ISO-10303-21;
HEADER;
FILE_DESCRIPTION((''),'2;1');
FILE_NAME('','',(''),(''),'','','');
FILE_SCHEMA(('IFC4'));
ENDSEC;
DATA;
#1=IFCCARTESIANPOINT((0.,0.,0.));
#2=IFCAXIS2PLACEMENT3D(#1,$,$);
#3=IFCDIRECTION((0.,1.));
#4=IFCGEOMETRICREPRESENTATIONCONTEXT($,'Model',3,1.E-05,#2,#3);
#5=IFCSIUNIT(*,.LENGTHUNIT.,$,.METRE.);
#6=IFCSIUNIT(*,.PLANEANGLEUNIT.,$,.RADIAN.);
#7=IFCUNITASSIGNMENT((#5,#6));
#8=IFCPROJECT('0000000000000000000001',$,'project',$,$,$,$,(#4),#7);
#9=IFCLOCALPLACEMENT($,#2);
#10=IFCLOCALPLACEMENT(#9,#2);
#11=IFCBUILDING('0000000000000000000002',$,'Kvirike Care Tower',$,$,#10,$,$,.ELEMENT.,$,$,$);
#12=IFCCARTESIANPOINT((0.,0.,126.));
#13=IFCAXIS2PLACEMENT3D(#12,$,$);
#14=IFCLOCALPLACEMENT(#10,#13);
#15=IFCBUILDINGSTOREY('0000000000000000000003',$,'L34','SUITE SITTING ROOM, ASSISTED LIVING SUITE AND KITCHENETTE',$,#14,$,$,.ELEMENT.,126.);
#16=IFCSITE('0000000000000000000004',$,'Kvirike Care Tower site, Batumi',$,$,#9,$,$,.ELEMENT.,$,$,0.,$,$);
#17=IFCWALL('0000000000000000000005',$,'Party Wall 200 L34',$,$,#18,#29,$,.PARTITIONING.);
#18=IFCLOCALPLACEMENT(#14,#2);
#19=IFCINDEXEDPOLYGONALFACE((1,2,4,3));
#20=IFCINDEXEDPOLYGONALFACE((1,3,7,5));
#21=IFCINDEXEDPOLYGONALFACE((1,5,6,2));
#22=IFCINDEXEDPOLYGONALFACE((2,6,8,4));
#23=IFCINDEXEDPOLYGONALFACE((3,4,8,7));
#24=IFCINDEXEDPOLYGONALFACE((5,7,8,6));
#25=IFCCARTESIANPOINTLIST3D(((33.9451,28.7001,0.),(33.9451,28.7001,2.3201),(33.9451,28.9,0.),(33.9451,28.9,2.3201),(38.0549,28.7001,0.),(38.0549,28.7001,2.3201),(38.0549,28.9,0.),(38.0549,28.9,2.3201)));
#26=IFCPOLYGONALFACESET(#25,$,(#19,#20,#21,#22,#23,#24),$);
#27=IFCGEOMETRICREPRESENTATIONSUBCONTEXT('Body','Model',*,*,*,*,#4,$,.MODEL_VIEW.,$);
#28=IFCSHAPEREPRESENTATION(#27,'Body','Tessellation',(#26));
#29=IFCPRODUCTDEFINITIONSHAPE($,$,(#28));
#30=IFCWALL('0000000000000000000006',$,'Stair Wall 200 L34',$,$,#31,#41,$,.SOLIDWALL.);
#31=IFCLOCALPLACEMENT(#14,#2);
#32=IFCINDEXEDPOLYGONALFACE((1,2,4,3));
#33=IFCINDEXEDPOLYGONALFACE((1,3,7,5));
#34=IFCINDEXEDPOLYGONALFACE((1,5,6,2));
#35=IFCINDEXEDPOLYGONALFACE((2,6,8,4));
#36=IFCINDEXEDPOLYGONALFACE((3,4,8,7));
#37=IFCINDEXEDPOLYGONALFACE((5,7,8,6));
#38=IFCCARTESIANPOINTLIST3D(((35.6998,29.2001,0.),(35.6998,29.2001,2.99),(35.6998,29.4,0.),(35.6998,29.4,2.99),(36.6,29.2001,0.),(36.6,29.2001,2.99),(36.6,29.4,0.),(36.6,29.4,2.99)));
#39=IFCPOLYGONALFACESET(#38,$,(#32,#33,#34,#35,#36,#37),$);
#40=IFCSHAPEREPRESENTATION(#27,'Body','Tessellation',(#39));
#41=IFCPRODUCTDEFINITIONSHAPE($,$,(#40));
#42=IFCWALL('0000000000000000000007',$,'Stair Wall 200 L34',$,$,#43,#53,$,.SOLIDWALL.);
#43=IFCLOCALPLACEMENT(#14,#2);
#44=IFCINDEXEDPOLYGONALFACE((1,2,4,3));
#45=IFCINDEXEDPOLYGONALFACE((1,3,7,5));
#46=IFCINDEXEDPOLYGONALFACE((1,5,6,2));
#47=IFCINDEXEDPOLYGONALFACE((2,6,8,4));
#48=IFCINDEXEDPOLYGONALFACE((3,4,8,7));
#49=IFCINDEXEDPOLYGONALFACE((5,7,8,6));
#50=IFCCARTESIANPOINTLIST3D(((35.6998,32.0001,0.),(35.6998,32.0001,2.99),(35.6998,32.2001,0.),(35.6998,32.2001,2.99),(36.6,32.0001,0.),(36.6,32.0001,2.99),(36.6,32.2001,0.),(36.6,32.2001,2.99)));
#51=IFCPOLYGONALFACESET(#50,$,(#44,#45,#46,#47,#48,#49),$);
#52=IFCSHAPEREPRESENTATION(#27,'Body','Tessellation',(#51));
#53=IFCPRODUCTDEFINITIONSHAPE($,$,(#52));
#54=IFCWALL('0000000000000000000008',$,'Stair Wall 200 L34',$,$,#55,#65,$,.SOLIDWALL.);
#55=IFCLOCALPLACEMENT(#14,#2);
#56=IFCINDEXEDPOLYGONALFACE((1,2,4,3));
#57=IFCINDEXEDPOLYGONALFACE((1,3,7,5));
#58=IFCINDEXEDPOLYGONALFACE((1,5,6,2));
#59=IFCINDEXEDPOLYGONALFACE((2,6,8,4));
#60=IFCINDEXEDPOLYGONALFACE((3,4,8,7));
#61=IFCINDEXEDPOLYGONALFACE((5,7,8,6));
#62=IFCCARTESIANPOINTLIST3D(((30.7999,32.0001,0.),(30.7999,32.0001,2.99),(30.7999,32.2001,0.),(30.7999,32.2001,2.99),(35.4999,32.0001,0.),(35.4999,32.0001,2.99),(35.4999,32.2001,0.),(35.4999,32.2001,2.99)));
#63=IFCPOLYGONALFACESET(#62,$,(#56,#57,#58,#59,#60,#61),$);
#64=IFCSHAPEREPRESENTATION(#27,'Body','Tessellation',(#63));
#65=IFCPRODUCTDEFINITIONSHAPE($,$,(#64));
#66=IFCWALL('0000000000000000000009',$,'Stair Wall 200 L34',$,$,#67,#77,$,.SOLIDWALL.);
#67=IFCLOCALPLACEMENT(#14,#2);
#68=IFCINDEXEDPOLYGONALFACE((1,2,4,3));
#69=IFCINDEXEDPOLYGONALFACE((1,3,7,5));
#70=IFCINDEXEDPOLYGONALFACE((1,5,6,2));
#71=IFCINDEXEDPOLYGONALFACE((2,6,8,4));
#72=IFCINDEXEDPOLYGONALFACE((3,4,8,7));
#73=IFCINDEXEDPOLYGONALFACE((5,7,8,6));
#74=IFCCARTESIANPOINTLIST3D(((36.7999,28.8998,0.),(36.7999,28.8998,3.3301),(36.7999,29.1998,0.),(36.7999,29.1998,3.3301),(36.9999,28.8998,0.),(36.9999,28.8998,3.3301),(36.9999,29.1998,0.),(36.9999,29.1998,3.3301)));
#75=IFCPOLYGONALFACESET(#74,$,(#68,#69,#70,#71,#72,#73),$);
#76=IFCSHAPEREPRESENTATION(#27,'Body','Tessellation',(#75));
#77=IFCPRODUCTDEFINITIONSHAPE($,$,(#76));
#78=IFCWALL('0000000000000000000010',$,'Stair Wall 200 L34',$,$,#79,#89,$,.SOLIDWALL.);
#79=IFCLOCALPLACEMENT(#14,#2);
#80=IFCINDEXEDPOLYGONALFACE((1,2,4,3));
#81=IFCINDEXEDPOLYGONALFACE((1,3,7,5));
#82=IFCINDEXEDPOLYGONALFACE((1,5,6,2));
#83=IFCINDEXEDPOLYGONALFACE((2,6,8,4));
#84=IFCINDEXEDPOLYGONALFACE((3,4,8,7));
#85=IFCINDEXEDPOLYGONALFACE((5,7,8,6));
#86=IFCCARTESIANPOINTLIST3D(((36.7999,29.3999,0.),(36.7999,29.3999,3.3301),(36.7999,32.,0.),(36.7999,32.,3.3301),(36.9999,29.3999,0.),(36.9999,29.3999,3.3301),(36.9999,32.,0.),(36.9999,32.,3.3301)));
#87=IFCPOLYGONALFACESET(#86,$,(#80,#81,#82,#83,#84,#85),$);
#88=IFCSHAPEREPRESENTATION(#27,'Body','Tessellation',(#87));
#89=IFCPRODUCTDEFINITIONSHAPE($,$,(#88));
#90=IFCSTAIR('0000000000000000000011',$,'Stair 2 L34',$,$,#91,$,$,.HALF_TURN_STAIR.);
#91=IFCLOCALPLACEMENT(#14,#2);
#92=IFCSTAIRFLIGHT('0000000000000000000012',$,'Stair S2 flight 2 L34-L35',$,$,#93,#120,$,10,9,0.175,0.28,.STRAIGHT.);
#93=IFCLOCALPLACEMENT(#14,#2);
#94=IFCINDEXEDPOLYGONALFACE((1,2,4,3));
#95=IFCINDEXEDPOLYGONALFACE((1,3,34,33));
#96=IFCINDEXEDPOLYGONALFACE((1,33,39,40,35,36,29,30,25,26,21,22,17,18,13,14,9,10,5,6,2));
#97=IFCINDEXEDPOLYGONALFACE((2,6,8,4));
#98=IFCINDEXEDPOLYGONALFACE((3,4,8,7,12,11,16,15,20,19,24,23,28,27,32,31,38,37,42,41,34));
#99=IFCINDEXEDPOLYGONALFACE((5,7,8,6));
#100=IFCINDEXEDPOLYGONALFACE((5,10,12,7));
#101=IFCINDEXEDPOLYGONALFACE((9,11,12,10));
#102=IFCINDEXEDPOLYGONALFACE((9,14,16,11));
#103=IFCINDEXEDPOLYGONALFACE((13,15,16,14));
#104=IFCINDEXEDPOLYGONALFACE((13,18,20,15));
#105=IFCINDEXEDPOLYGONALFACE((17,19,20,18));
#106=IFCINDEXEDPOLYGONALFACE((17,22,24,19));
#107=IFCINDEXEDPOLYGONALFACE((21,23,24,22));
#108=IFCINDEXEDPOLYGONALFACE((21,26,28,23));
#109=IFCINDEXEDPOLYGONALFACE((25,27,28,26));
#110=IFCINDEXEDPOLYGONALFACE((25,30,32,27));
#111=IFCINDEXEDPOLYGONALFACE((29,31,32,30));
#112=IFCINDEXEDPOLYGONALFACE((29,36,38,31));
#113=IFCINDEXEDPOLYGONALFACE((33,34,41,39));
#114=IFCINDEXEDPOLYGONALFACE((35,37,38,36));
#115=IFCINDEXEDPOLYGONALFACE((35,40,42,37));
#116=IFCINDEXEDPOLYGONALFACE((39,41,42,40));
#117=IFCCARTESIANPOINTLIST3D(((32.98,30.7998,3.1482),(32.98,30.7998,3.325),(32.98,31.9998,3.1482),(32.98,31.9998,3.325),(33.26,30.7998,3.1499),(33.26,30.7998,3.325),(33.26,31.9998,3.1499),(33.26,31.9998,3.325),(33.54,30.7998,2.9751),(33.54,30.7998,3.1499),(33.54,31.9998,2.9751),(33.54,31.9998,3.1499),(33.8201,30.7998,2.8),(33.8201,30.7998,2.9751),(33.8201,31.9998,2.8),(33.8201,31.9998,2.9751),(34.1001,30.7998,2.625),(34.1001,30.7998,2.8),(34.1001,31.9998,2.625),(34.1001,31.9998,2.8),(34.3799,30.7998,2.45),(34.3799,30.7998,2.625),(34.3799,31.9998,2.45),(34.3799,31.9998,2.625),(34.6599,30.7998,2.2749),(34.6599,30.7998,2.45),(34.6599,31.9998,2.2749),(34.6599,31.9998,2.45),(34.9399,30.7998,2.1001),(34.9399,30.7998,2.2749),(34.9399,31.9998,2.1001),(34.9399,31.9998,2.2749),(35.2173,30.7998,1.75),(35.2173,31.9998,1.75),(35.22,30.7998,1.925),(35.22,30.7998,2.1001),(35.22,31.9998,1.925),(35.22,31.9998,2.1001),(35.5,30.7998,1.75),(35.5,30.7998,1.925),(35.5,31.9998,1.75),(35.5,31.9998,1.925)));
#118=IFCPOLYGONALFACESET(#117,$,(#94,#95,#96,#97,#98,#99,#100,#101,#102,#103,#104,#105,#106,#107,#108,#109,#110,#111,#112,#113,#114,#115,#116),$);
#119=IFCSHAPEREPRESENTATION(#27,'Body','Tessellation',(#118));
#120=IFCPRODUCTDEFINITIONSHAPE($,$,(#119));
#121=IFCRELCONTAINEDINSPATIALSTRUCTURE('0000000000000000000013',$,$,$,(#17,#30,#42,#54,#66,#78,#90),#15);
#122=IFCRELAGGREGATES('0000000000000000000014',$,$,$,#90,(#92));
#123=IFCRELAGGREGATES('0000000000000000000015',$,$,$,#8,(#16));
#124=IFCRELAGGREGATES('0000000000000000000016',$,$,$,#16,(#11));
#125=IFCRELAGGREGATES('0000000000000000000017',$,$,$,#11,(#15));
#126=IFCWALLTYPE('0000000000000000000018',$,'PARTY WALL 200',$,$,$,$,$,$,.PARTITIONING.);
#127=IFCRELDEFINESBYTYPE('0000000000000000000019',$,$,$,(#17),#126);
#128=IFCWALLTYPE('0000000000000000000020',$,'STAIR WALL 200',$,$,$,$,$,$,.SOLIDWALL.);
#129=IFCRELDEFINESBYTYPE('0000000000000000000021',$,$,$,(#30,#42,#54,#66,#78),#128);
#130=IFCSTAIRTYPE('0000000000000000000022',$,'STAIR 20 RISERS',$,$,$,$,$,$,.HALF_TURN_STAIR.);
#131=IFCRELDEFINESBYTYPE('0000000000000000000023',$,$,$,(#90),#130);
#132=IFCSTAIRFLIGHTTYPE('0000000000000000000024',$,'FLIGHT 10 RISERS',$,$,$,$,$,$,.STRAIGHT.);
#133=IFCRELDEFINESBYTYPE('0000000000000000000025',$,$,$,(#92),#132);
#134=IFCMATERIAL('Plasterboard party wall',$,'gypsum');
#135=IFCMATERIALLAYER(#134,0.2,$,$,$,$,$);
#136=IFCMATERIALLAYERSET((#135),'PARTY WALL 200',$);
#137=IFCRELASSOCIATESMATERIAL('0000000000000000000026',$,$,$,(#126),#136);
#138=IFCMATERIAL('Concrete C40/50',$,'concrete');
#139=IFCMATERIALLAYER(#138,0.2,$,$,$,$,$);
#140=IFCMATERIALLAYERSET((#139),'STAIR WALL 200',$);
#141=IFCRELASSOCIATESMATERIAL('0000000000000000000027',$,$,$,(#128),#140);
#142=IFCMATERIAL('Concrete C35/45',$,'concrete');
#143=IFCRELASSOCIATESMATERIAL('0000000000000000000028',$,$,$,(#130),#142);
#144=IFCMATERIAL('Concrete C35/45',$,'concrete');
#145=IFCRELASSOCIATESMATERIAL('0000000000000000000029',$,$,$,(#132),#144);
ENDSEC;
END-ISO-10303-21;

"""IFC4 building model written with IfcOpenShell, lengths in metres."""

from ifc_helpers import new_model, si_unit, direction, frame, frame_2d, origin, place, context, subcontext, project, spatial, polyline, rectangle, outline, extrude, material, layer, layer_set, type_object, element, aggregate, save


model = new_model("IFC4")

# Units and contexts
model_context = context("Model", 3, precision=1e-05, world=origin(), true_north=direction((0.0, 1.0)))
body_context = subcontext(model_context, "Body", "Model", "MODEL_VIEW")
ifc_project = project(units=[si_unit("LENGTHUNIT", "METRE"), si_unit("PLANEANGLEUNIT", "RADIAN")], contexts=[model_context])

# Site, building, storey
site_placement = place(None, origin())
site = spatial("IfcSite", under=ifc_project, at=site_placement, Name="Kvirike Care Tower site, Batumi", CompositionType="ELEMENT", RefElevation=0.0)
building_placement = place(site_placement, origin())
building = spatial("IfcBuilding", under=site, at=building_placement, Name="Kvirike Care Tower", CompositionType="ELEMENT")
storey_placement = place(building_placement, frame((0.0, 0.0, 126.0)))
storey = spatial("IfcBuildingStorey", under=building, at=storey_placement, Name="L34", Description="SUITE SITTING ROOM, ASSISTED LIVING SUITE AND KITCHENETTE", CompositionType="ELEMENT", Elevation=126.0)

# Walls
ifc_material_1 = material(Name="Plasterboard party wall", Category="gypsum")
ifc_layer_1 = layer(ifc_material_1, 0.2)
ifc_layer_set_1 = layer_set([ifc_layer_1], Name="PARTY WALL 200")
wall_type_1 = type_object("IfcWallType", Name="PARTY WALL 200", PredefinedType="PARTITIONING", material=ifc_layer_set_1)
wall_1_placement = place(storey_placement, frame((38.0549, 28.8, 0.0), z_axis=(0.0, 0.0, 1.0), x_axis=(-1.0, 0.0, 0.0)))
element("IfcWall", 1, at=wall_1_placement, inside=storey, type_object=wall_type_1, Name="Party Wall 200 L34", PredefinedType="PARTITIONING", context=body_context, shape_type="SweptSolid", body=[
    extrude(rectangle(XDim=4.1099, YDim=0.2, at=frame_2d((2.0549, 0.0))), origin(), (0.0, 0.0, 1.0), 2.3201),
])
ifc_material_2 = material(Name="Concrete C40/50", Category="concrete")
ifc_layer_2 = layer(ifc_material_2, 0.2)
ifc_layer_set_2 = layer_set([ifc_layer_2], Name="STAIR WALL 200")
wall_type_2 = type_object("IfcWallType", Name="STAIR WALL 200", PredefinedType="SOLIDWALL", material=ifc_layer_set_2)
for number, where, z_axis, x_axis, name in (
    (2, (36.6001, 29.3, 0.0), (0.0, 0.0, 1.0), (-1.0, 0.0, 0.0), "Stair Wall 200 L34"),
    (3, (36.6001, 32.1001, 0.0), (0.0, 0.0, 1.0), (-1.0, 0.0, 0.0), "Stair Wall 200 L34"),
):
    element("IfcWall", number, at=place(storey_placement, frame(where, z_axis=z_axis, x_axis=x_axis)), inside=storey, type_object=wall_type_2, Name=name, PredefinedType="SOLIDWALL", context=body_context, shape_type="SweptSolid", body=[
        extrude(rectangle(XDim=0.9001, YDim=0.2, at=frame_2d((0.4502, 0.0))), origin(), (0.0, 0.0, 1.0), 2.99),
    ])
wall_2_placement = place(storey_placement, frame((35.5, 32.1001, 0.0), z_axis=(0.0, 0.0, 1.0), x_axis=(-1.0, 0.0, 0.0)))
element("IfcWall", 4, at=wall_2_placement, inside=storey, type_object=wall_type_2, Name="Stair Wall 200 L34", PredefinedType="SOLIDWALL", context=body_context, shape_type="SweptSolid", body=[
    extrude(rectangle(XDim=4.7, YDim=0.2, at=frame_2d((2.3501, 0.0))), origin(), (0.0, 0.0, 1.0), 2.99),
])
wall_3_placement = place(storey_placement, frame((36.8999, 28.8999, 0.0), z_axis=(0.0, 0.0, 1.0), x_axis=(0.0, 1.0, 0.0)))
element("IfcWall", 5, at=wall_3_placement, inside=storey, type_object=wall_type_2, Name="Stair Wall 200 L34", PredefinedType="SOLIDWALL", context=body_context, shape_type="SweptSolid", body=[
    extrude(rectangle(XDim=0.3, YDim=0.2, at=frame_2d((0.1499, 0.0))), origin(), (0.0, 0.0, 1.0), 3.3301),
])
wall_4_placement = place(storey_placement, frame((36.8999, 29.3999, 0.0), z_axis=(0.0, 0.0, 1.0), x_axis=(0.0, 1.0, 0.0)))
element("IfcWall", 6, at=wall_4_placement, inside=storey, type_object=wall_type_2, Name="Stair Wall 200 L34", PredefinedType="SOLIDWALL", context=body_context, shape_type="SweptSolid", body=[
    extrude(rectangle(XDim=2.6001, YDim=0.2, at=frame_2d((1.3, 0.0))), origin(), (0.0, 0.0, 1.0), 3.3301),
])

# Stair, stair flight
ifc_material_3 = material(Name="Concrete C35/45", Category="concrete")
stair_type = type_object("IfcStairType", Name="STAIR 20 RISERS", PredefinedType="HALF_TURN_STAIR", material=ifc_material_3)
stair_placement = place(storey_placement, origin())
stair = element("IfcStair", 7, at=stair_placement, inside=storey, type_object=stair_type, Name="Stair 2 L34", PredefinedType="HALF_TURN_STAIR")
ifc_material_4 = material(Name="Concrete C35/45", Category="concrete")
stair_flight_type = type_object("IfcStairFlightType", Name="FLIGHT 10 RISERS", PredefinedType="STRAIGHT", material=ifc_material_4)
stair_flight_placement = place(storey_placement, frame((35.5, 31.3999, 1.75), z_axis=(0.0, 0.0, 1.0), x_axis=(-1.0, 0.0, 0.0)))
stair_flight = element("IfcStairFlight", 8, at=stair_flight_placement, type_object=stair_flight_type, Name="Stair S2 flight 2 L34-L35", NumberOfRisers=10, NumberOfTreads=9, PredefinedType="STRAIGHT", RiserHeight=0.175, TreadLength=0.28, context=body_context, shape_type="SweptSolid", body=[
    extrude(outline(polyline([(0.0, 0.0), (0.0, 0.175), (0.28, 0.175), (0.28, 0.3501), (0.5601, 0.3501), (0.5601, 0.5249), (0.8401, 0.5249), (0.8401, 0.7), (1.1201, 0.7), (1.1201, 0.875), (1.3999, 0.875), (1.3999, 1.05), (1.6799, 1.05), (1.6799, 1.2251), (1.96, 1.2251), (1.96, 1.3999), (2.24, 1.3999), (2.24, 1.575), (2.52, 1.575), (2.52, 1.75), (2.52, 1.3982), (0.2827, 0.0), (0.0, 0.0)])), frame((0.0, 0.6001, 0.0), z_axis=(0.0, -1.0, 0.0), x_axis=(1.0, 0.0, 0.0)), (0.0, 0.0, 1.0), 1.2),
])
aggregate(stair, [stair_flight])

save(model, "model.ifc")
